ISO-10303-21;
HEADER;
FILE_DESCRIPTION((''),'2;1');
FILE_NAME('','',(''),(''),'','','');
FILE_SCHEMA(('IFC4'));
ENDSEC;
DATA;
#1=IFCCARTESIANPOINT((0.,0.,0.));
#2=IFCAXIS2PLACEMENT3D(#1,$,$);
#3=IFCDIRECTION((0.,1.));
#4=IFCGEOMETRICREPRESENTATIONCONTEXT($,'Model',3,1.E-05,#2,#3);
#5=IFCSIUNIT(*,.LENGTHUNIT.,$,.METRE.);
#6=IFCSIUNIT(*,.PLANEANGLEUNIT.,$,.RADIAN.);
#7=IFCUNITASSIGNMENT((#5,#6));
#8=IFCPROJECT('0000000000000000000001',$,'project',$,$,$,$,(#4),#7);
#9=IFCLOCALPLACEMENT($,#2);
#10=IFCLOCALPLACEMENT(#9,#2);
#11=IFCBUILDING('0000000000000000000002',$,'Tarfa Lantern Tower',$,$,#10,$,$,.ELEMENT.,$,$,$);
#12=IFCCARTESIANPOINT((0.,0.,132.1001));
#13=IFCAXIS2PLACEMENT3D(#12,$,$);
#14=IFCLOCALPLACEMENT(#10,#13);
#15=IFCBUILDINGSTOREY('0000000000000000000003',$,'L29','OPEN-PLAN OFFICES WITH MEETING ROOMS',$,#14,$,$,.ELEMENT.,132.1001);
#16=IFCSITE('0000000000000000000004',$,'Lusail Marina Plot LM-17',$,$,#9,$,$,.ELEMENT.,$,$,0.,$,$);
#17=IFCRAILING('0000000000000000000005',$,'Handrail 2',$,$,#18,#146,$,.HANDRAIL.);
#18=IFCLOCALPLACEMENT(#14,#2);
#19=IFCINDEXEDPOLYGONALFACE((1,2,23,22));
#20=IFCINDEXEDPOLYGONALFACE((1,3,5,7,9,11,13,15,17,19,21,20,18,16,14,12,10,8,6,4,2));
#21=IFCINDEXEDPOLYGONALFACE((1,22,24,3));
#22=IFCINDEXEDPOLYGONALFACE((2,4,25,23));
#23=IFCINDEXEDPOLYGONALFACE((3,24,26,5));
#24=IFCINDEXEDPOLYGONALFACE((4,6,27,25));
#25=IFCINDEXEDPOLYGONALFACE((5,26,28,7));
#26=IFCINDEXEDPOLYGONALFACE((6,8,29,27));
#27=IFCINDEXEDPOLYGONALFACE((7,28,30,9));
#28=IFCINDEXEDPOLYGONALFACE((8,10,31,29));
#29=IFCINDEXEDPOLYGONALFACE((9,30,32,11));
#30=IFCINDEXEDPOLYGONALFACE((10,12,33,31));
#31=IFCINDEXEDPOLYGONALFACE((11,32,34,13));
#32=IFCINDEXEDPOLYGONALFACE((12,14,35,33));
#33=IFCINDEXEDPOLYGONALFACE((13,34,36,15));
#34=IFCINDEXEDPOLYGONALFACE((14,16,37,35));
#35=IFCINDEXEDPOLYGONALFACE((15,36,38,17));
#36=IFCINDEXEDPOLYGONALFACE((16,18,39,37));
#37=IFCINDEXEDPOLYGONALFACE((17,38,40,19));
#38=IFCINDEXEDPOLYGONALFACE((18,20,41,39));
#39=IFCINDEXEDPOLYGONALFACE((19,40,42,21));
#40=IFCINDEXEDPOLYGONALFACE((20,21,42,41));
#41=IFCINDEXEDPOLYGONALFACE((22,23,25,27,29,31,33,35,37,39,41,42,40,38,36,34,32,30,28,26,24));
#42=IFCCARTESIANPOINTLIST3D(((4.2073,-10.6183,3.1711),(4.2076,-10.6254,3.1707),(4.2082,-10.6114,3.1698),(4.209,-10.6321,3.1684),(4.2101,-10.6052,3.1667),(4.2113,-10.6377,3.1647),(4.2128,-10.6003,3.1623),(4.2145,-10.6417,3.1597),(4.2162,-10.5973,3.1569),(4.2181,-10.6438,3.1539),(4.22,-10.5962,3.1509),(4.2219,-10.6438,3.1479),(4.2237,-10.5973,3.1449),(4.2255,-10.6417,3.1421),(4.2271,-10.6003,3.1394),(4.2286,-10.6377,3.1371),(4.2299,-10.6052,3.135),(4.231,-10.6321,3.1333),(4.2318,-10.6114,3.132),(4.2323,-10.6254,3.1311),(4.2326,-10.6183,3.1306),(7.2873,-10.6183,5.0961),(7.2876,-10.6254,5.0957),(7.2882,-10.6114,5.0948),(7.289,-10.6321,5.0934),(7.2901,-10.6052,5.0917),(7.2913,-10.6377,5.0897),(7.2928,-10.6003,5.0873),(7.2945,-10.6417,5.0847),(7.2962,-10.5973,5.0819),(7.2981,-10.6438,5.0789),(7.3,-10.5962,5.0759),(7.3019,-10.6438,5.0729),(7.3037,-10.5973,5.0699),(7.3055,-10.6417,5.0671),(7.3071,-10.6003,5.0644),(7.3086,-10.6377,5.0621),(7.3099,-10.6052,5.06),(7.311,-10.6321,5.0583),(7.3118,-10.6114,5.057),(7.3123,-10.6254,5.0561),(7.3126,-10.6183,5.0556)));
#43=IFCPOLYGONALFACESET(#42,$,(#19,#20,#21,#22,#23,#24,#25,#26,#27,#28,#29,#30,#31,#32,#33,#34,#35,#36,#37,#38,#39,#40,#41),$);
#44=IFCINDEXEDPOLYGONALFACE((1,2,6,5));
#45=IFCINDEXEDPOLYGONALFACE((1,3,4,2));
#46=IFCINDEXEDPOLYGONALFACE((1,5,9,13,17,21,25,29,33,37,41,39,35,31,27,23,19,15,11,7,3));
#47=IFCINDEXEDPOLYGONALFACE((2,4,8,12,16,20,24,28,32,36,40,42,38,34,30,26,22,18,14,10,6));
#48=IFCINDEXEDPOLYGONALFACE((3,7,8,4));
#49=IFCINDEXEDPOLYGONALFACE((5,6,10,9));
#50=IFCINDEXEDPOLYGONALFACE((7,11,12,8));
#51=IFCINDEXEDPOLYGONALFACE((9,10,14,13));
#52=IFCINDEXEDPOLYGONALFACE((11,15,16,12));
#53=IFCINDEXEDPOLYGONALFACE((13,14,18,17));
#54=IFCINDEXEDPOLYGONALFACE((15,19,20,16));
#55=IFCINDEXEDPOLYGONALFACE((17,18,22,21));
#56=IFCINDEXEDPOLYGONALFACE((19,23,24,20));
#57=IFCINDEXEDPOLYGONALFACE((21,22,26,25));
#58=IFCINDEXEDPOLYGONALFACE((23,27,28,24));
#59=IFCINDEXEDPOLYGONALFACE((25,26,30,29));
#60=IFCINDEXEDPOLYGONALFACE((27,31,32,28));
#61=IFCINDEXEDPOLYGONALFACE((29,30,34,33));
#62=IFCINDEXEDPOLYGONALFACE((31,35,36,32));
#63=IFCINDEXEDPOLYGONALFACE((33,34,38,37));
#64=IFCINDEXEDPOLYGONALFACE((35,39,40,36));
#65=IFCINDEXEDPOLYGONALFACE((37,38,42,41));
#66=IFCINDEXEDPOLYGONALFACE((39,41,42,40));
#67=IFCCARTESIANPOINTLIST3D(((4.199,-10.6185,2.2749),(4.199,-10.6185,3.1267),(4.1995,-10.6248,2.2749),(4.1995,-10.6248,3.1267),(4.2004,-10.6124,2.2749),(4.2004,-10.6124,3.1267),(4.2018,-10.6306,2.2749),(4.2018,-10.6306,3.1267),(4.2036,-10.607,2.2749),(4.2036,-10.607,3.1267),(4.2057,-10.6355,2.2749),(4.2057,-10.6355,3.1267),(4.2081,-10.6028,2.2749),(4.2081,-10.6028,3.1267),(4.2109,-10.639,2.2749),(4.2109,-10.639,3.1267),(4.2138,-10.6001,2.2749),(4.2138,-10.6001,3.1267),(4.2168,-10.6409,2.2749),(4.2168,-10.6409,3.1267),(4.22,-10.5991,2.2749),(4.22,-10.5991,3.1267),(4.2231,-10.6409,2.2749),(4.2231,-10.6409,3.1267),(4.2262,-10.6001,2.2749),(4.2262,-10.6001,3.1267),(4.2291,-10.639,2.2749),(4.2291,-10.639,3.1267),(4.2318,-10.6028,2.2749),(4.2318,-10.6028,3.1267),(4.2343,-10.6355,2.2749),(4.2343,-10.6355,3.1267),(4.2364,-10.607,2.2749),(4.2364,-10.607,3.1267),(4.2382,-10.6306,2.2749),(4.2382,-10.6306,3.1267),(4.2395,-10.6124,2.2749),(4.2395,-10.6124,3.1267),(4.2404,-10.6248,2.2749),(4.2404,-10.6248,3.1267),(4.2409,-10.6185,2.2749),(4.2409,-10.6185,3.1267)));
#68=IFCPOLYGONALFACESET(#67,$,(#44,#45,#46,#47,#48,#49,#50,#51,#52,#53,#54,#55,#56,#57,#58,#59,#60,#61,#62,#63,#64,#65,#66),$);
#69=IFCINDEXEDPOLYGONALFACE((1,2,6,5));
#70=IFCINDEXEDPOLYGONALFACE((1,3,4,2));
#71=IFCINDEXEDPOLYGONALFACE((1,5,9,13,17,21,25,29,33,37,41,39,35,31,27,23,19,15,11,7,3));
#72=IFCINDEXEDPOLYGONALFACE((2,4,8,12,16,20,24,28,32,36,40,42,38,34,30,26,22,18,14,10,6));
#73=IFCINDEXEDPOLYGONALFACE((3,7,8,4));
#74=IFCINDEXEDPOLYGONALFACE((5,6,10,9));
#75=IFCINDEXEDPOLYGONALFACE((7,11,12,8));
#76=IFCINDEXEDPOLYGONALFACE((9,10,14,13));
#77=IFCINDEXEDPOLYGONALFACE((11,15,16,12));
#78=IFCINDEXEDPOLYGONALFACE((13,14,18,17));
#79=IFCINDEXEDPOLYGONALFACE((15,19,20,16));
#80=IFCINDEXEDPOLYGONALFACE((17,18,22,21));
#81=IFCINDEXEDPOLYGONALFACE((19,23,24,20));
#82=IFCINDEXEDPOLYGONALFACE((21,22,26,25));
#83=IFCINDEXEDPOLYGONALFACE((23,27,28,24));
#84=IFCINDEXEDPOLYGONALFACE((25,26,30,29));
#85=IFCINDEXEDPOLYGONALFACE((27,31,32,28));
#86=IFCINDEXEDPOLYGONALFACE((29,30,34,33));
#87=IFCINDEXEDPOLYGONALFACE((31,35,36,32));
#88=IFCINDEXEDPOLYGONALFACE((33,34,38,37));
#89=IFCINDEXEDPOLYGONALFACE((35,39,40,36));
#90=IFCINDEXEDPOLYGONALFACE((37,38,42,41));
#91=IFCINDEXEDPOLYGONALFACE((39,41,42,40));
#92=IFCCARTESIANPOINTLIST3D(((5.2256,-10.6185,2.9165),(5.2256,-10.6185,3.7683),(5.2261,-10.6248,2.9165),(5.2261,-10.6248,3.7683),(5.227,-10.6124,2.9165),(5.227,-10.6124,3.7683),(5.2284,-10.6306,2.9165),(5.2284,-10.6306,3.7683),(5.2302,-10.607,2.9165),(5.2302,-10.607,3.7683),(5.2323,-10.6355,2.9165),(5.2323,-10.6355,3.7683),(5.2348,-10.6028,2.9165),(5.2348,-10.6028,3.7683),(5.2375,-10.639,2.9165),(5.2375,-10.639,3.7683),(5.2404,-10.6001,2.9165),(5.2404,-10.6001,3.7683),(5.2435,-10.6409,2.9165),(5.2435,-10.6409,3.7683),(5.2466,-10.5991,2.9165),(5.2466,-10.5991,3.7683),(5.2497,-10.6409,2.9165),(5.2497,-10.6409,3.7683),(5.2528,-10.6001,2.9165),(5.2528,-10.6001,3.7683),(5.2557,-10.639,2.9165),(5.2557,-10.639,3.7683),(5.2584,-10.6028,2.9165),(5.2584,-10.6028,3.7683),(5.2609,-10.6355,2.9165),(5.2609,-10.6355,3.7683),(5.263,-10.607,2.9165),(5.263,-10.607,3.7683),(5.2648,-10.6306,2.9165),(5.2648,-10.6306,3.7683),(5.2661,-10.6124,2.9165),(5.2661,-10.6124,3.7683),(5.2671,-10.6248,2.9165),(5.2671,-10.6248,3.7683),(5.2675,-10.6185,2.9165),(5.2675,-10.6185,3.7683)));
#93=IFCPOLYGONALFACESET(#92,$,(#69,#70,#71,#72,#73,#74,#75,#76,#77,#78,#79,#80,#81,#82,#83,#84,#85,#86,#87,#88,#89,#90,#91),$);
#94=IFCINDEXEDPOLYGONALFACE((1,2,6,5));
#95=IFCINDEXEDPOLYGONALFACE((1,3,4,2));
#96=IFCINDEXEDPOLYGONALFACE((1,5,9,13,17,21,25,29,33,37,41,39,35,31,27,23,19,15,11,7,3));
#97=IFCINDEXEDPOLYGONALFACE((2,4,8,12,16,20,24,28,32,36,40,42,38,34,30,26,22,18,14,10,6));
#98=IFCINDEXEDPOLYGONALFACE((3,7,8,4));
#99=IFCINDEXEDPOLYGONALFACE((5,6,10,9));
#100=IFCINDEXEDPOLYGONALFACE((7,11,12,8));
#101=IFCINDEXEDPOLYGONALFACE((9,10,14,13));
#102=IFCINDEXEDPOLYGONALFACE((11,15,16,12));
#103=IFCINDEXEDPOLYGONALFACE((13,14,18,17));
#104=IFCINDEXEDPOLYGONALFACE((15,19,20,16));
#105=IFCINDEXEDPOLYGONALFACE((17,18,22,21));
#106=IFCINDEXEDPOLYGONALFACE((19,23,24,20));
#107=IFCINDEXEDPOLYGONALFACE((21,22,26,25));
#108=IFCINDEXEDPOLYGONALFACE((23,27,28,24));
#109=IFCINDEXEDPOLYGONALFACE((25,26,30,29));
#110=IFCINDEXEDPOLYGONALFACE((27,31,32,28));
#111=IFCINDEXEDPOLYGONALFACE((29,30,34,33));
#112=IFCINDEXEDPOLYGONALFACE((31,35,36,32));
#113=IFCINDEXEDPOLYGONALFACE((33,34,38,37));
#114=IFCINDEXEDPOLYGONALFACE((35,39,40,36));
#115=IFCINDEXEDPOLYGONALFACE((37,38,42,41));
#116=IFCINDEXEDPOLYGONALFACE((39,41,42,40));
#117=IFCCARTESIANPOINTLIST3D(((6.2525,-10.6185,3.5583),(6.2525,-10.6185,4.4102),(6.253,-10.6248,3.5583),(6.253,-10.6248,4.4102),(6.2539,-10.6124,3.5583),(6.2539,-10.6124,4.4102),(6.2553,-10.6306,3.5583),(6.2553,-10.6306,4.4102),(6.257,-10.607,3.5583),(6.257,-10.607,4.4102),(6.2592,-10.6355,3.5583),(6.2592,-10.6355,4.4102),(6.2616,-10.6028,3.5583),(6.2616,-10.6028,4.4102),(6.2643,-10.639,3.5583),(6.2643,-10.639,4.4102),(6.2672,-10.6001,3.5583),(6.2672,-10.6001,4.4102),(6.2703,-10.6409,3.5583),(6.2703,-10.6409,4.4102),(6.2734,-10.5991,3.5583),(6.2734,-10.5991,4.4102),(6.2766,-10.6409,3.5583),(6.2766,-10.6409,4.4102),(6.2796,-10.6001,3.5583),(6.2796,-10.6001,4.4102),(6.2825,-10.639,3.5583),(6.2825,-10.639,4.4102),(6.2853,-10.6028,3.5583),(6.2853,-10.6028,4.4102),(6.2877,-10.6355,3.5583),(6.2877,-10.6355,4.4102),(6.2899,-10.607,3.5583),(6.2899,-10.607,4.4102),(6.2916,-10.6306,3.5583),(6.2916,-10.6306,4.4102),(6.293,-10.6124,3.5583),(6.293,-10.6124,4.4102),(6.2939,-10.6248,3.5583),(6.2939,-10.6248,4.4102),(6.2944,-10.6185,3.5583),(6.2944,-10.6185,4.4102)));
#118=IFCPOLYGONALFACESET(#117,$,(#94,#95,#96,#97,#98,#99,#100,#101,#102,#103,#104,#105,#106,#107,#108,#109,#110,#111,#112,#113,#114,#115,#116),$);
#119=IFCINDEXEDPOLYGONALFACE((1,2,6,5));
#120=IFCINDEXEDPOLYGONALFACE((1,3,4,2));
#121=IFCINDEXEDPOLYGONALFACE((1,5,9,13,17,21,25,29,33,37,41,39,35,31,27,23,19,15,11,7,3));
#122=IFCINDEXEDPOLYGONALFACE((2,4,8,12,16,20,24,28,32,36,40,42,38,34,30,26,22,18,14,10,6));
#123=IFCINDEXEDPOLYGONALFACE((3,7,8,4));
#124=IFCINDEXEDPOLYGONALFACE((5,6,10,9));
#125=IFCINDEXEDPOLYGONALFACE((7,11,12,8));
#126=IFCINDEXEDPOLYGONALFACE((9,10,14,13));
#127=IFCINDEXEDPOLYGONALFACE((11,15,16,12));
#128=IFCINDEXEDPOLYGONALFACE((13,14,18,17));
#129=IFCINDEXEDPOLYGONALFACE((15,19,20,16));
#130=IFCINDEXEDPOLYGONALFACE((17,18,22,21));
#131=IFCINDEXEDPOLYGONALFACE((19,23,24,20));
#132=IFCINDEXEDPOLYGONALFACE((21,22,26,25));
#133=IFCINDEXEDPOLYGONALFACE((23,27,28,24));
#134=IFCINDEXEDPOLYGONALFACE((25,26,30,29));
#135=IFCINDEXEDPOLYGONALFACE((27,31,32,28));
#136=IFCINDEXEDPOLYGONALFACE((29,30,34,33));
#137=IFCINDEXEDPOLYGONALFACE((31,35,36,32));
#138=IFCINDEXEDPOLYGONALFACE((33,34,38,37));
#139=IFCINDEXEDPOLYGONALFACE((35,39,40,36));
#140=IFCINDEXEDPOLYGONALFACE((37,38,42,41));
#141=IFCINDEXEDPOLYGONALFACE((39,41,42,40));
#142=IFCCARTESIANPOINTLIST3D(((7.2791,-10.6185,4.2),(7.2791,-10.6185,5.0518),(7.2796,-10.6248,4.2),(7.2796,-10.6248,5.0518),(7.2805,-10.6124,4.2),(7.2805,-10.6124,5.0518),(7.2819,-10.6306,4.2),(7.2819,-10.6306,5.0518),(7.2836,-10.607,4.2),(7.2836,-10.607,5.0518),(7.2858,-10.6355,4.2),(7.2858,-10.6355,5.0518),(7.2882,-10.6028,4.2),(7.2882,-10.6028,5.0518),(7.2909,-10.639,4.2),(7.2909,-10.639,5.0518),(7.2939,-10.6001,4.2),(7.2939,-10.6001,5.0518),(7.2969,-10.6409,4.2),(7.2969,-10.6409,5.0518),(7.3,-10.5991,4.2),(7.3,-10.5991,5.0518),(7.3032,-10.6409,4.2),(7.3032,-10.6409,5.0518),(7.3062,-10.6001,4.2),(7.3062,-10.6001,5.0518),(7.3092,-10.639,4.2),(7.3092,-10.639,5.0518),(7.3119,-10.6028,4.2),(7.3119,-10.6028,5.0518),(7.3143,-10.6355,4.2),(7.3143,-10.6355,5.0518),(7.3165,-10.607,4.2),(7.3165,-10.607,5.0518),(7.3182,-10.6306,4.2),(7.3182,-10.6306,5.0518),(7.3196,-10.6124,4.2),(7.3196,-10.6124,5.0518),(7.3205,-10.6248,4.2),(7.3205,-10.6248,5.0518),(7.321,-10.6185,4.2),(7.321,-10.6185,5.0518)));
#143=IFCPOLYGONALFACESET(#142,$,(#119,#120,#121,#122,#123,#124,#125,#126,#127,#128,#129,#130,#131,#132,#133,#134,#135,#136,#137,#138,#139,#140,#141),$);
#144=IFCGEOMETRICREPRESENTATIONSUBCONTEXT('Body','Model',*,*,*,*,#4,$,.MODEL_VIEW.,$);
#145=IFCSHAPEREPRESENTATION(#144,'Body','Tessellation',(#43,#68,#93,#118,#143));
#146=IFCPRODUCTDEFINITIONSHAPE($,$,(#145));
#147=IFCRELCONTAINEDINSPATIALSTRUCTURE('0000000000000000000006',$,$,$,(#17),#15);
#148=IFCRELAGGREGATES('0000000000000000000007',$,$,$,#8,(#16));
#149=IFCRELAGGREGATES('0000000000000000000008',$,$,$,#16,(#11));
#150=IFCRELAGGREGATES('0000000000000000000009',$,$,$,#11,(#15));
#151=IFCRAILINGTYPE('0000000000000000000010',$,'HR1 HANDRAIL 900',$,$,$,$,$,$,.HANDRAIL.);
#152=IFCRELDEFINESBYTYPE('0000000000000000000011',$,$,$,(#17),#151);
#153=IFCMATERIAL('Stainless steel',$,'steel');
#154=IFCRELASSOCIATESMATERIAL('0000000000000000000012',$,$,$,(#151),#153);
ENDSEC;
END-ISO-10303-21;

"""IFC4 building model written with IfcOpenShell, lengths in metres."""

from ifc_helpers import new_model, si_unit, direction, frame, origin, origin_2d, place, context, subcontext, project, spatial, circle, extrude, material, type_object, element, save


model = new_model("IFC4")

# Units and contexts
model_context = context("Model", 3, precision=1e-05, world=origin(), true_north=direction((0.0, 1.0)))
body_context = subcontext(model_context, "Body", "Model", "MODEL_VIEW")
ifc_project = project(units=[si_unit("LENGTHUNIT", "METRE"), si_unit("PLANEANGLEUNIT", "RADIAN")], contexts=[model_context])

# Site, building, storey
site_placement = place(None, origin())
site = spatial("IfcSite", under=ifc_project, at=site_placement, Name="Lusail Marina Plot LM-17", CompositionType="ELEMENT", RefElevation=0.0)
building_placement = place(site_placement, origin())
building = spatial("IfcBuilding", under=site, at=building_placement, Name="Tarfa Lantern Tower", CompositionType="ELEMENT")
storey_placement = place(building_placement, frame((0.0, 0.0, 132.1001)))
storey = spatial("IfcBuildingStorey", under=building, at=storey_placement, Name="L29", Description="OPEN-PLAN OFFICES WITH MEETING ROOMS", CompositionType="ELEMENT", Elevation=132.1001)

# Railing
ifc_material_1 = material(Name="Stainless steel", Category="steel")
railing_type = type_object("IfcRailingType", Name="HR1 HANDRAIL 900", PredefinedType="HANDRAIL", material=ifc_material_1)
railing_placement = place(storey_placement, frame((4.22, -10.6201, 2.2749)))
element("IfcRailing", 1, at=railing_placement, inside=storey, type_object=railing_type, Name="Handrail 2", PredefinedType="HANDRAIL", context=body_context, shape_type="SweptSolid", body=[
    extrude(circle(Radius=0.0239, at=origin_2d()), frame((0.0, 0.0, 0.876), z_axis=(0.847998, 0.0, 0.529999), x_axis=(0.0, 1.0, 0.0)), (0.0, 0.0, 1.0), 3.6321),
    extrude(circle(Radius=0.021, at=origin_2d()), frame((0.0, 0.0, 0.0), z_axis=(0.0, 0.0, 1.0), x_axis=(0.0, 1.0, 0.0)), (0.0, 0.0, 1.0), 0.8518),
    extrude(circle(Radius=0.021, at=origin_2d()), frame((1.0266, 0.0, 0.6416), z_axis=(0.0, 0.0, 1.0), x_axis=(0.0, 1.0, 0.0)), (0.0, 0.0, 1.0), 0.8518),
    extrude(circle(Radius=0.021, at=origin_2d()), frame((2.0535, 0.0, 1.2834), z_axis=(0.0, 0.0, 1.0), x_axis=(0.0, 1.0, 0.0)), (0.0, 0.0, 1.0), 0.8518),
    extrude(circle(Radius=0.021, at=origin_2d()), frame((3.0801, 0.0, 1.925), z_axis=(0.0, 0.0, 1.0), x_axis=(0.0, 1.0, 0.0)), (0.0, 0.0, 1.0), 0.8518),
])

save(model, "model.ifc")
